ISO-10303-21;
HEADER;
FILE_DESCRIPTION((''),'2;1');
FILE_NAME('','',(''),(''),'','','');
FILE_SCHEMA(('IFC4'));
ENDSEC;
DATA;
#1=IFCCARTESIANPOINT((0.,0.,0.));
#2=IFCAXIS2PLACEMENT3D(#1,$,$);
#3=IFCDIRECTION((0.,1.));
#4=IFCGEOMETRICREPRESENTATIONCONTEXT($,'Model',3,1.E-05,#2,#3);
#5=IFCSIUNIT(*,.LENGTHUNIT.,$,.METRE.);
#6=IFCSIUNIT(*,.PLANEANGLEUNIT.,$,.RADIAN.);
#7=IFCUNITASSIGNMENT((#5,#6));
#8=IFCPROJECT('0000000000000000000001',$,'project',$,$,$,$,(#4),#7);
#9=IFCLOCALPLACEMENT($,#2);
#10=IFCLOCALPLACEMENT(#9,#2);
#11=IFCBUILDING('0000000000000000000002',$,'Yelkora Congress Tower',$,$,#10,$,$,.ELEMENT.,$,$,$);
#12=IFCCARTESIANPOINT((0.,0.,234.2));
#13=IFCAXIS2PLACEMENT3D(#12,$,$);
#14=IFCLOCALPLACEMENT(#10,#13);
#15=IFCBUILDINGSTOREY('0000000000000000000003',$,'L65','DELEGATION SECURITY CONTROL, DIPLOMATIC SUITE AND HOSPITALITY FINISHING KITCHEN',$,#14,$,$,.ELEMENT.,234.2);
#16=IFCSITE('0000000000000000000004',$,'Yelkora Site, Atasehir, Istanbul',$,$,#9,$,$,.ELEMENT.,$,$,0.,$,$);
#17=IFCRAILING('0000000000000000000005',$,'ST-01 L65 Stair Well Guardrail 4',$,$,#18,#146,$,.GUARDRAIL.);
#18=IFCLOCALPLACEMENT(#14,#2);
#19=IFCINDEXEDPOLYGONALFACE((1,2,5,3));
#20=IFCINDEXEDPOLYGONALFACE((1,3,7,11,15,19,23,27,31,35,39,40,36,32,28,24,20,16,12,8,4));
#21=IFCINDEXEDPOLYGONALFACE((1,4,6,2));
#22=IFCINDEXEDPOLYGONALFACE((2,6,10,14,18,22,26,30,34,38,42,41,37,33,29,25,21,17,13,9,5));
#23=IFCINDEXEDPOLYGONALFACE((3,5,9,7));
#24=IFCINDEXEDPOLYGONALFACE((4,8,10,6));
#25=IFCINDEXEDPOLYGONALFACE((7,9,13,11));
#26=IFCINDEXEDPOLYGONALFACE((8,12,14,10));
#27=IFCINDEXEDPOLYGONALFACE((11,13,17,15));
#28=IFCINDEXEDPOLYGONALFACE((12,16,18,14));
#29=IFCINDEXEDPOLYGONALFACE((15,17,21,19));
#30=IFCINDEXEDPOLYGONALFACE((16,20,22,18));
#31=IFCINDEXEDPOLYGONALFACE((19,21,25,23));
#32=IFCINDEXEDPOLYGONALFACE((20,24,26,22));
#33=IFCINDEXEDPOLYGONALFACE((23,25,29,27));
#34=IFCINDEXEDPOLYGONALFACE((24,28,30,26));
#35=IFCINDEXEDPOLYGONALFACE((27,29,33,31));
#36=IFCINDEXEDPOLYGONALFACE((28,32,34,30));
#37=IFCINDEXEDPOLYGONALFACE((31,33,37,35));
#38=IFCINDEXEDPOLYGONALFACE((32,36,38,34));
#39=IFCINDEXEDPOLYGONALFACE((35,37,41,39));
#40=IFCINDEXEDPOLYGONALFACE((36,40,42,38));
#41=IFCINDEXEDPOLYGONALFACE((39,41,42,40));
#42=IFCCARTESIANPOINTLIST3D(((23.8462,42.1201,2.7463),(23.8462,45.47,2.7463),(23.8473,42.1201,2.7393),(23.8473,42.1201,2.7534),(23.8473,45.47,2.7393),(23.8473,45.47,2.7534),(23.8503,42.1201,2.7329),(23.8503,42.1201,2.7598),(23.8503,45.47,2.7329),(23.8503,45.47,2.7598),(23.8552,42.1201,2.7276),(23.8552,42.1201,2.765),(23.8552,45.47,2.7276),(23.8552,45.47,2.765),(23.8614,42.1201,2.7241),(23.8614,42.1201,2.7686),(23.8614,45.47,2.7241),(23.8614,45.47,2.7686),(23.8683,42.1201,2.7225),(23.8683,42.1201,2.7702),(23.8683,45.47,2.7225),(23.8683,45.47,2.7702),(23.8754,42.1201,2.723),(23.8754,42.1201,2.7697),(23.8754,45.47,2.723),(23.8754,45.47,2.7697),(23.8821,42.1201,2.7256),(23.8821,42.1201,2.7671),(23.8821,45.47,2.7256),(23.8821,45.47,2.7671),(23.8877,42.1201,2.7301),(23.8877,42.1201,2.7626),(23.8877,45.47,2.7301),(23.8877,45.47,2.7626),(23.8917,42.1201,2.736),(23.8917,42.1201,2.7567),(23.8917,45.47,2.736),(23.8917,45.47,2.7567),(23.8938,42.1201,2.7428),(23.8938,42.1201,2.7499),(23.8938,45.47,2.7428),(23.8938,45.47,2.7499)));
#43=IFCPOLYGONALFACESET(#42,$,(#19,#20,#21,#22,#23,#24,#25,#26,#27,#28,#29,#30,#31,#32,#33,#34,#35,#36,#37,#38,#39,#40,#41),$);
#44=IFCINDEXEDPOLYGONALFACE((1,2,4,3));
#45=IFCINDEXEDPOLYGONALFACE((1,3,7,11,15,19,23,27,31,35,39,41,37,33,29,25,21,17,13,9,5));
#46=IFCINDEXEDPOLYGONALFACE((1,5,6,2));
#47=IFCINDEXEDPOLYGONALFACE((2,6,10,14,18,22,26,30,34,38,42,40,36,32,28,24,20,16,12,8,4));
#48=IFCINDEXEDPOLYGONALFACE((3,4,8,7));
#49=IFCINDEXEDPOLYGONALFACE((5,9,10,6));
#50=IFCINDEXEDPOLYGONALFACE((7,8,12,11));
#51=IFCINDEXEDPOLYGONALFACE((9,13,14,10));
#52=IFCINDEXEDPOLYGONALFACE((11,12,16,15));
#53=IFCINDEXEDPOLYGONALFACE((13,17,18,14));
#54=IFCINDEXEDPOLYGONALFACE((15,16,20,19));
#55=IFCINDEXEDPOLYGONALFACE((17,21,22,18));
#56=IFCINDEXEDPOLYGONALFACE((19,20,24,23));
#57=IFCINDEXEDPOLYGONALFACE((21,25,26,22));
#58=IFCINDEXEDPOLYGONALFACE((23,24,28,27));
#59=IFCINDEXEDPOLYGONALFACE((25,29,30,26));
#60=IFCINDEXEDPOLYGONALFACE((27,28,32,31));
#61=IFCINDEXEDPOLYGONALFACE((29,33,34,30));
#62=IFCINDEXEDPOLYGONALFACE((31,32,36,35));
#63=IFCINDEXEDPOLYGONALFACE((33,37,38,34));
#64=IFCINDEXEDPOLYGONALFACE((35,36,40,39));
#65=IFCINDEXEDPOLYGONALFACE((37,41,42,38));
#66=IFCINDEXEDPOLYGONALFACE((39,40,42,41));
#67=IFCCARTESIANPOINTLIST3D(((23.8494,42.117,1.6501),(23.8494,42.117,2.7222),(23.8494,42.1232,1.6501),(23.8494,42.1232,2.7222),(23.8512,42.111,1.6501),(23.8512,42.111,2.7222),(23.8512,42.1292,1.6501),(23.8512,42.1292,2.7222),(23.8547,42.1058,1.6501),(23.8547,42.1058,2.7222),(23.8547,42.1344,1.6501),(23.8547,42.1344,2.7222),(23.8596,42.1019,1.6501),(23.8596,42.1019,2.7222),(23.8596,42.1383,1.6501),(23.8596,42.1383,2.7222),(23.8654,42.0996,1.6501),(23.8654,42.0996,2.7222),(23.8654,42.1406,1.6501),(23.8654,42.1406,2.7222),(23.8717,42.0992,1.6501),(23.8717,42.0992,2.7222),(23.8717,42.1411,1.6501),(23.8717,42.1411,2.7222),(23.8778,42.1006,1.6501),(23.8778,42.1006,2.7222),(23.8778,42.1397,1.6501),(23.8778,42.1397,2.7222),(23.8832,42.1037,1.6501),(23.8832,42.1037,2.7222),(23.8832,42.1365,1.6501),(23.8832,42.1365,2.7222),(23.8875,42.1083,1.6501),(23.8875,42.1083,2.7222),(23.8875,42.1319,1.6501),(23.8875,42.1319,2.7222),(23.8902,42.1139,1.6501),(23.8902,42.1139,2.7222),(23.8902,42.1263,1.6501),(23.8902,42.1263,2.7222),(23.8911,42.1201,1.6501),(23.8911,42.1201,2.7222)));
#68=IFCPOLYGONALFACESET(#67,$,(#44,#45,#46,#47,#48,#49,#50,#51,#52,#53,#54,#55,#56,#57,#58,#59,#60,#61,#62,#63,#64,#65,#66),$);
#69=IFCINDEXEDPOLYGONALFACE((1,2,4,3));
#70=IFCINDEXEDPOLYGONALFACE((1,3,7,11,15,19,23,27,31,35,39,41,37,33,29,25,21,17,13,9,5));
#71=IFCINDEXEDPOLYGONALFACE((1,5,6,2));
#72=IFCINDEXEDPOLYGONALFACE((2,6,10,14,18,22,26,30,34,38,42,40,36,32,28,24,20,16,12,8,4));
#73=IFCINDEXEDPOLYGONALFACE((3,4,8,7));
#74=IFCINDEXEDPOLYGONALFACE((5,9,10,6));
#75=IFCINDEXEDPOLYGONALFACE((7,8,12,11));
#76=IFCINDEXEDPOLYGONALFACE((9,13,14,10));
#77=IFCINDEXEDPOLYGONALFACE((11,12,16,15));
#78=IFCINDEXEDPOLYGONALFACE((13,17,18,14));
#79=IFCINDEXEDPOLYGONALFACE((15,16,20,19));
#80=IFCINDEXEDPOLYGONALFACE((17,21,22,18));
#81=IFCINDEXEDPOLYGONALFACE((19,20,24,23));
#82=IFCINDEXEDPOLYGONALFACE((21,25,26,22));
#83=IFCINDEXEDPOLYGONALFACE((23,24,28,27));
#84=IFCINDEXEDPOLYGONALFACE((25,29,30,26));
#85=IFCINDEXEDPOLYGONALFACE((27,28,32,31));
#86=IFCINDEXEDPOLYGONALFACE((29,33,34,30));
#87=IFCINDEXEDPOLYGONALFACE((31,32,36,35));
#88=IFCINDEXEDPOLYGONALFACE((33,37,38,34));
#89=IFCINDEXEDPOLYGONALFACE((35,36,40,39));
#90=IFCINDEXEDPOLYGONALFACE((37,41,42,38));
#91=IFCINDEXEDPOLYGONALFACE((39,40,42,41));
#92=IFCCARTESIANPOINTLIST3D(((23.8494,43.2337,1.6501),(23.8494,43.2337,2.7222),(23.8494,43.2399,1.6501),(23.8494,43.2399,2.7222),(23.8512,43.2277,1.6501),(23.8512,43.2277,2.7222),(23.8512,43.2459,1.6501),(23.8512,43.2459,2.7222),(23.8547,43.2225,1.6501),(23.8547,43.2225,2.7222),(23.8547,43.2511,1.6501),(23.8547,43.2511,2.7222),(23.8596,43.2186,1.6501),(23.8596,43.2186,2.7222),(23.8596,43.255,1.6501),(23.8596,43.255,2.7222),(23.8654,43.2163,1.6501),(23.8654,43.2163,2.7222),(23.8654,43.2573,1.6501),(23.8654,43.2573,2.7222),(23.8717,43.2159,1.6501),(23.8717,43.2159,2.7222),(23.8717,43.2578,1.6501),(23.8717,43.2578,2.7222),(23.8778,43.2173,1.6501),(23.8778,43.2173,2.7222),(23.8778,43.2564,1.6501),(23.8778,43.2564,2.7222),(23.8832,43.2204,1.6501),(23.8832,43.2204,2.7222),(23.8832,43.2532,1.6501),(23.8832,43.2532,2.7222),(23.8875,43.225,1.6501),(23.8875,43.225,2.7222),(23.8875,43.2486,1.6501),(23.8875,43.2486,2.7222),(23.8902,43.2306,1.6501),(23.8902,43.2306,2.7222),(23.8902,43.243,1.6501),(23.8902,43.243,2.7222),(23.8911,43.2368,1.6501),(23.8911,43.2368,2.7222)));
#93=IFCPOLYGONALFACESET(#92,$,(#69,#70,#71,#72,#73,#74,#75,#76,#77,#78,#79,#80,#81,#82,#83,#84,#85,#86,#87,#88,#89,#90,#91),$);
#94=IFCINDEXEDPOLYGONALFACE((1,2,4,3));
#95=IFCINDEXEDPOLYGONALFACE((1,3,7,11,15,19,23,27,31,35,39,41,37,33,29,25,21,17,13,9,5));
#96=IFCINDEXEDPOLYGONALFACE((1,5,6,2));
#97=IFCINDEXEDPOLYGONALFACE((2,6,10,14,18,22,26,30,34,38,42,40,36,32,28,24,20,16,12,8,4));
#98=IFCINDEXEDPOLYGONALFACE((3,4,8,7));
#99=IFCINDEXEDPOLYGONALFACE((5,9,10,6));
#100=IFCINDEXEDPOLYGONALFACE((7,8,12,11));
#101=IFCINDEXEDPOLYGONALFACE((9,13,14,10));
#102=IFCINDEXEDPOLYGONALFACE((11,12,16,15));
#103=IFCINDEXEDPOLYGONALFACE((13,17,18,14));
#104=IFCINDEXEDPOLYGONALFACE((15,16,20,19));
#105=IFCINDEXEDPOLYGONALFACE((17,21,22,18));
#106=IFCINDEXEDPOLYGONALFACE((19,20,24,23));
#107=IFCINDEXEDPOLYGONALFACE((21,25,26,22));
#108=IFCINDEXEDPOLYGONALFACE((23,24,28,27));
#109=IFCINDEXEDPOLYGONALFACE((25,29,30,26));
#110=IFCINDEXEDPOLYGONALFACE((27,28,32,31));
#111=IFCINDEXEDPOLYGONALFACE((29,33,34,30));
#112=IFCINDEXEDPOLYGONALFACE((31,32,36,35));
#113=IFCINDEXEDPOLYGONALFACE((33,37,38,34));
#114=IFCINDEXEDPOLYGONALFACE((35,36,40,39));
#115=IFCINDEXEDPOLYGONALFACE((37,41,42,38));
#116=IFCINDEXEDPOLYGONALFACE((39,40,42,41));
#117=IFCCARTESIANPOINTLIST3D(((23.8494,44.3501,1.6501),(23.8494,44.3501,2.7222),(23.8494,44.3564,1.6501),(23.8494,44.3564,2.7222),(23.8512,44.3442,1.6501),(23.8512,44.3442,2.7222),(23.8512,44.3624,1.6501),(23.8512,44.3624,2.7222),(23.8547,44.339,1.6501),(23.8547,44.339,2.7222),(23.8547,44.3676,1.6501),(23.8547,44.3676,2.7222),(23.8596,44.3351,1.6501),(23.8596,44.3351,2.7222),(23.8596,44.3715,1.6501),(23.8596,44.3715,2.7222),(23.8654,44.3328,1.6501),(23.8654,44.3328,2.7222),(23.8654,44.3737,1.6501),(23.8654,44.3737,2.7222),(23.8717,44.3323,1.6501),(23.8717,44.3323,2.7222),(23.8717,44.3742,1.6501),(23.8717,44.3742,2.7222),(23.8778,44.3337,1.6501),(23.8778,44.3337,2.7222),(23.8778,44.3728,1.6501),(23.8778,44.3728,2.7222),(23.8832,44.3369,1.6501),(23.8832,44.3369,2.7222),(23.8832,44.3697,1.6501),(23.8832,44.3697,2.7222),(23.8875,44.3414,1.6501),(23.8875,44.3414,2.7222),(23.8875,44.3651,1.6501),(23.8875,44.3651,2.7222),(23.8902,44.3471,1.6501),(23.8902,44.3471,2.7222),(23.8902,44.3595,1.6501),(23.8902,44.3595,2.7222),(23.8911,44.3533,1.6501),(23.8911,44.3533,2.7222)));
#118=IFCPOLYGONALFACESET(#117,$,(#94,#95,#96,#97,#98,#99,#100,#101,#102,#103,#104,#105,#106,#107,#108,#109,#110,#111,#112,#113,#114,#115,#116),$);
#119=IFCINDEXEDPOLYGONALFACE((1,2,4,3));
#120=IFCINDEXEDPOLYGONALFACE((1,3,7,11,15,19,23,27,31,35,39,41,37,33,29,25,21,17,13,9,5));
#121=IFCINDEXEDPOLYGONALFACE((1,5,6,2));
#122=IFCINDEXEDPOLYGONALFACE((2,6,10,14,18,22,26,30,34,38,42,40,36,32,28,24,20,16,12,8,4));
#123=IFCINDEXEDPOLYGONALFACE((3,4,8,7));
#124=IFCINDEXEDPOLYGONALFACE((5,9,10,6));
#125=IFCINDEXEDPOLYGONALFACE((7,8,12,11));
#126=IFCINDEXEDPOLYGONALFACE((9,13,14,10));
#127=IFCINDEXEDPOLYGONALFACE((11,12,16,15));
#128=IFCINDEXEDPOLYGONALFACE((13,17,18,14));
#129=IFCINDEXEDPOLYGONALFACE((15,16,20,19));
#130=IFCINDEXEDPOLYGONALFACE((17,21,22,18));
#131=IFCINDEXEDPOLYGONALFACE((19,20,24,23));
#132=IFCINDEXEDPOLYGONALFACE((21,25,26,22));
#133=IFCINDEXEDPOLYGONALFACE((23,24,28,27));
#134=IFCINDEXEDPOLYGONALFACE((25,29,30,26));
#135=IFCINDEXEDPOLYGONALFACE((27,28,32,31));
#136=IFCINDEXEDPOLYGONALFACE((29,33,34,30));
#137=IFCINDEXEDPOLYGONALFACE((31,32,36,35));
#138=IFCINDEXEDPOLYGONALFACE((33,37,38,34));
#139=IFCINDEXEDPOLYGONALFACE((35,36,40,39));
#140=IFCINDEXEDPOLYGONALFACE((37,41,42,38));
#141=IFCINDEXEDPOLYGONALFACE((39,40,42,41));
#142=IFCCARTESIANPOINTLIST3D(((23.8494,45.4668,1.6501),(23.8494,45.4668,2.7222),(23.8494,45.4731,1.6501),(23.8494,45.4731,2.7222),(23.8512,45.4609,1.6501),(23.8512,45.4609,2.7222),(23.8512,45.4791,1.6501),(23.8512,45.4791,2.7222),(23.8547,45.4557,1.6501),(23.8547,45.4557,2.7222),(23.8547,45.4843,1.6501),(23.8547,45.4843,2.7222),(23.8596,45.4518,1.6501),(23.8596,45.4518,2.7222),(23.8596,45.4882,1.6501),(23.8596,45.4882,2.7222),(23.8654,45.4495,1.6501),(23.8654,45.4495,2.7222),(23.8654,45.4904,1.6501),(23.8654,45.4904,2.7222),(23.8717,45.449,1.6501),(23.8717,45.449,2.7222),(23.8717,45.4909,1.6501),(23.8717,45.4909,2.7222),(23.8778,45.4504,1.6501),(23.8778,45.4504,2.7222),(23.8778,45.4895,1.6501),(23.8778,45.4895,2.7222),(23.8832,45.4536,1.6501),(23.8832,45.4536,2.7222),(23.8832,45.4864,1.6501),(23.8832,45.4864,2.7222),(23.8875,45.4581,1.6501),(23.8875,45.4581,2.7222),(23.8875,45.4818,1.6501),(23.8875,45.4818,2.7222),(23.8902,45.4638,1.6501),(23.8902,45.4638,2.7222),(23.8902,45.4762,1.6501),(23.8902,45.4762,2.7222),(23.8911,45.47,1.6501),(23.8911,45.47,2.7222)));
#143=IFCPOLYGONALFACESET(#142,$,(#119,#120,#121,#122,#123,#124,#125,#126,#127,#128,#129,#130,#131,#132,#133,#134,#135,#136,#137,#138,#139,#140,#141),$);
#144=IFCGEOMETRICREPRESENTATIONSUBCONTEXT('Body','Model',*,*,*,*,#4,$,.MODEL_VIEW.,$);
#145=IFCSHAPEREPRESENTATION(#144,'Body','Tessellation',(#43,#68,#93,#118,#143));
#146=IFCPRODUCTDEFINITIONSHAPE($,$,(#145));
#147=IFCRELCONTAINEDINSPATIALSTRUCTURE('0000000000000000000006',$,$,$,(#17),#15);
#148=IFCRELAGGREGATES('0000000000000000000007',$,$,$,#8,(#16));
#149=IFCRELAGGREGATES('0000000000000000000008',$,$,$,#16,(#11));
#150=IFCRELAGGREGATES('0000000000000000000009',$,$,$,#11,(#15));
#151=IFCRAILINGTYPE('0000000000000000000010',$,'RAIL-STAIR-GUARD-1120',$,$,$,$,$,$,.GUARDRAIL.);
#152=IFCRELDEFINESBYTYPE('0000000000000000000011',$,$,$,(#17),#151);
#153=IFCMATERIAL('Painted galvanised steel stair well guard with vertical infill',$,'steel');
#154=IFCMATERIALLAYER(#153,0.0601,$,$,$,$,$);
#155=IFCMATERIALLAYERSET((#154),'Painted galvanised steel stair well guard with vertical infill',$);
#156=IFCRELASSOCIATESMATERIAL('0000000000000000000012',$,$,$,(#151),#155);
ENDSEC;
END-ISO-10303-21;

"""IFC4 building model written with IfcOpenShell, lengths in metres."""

from ifc_helpers import new_model, si_unit, direction, frame, origin, origin_2d, place, context, subcontext, project, spatial, circle, extrude, material, layer, layer_set, type_object, element, save


model = new_model("IFC4")

# Units and contexts
model_context = context("Model", 3, precision=1e-05, world=origin(), true_north=direction((0.0, 1.0)))
body_context = subcontext(model_context, "Body", "Model", "MODEL_VIEW")
ifc_project = project(units=[si_unit("LENGTHUNIT", "METRE"), si_unit("PLANEANGLEUNIT", "RADIAN")], contexts=[model_context])

# Site, building, storey
site_placement = place(None, origin())
site = spatial("IfcSite", under=ifc_project, at=site_placement, Name="Yelkora Site, Atasehir, Istanbul", CompositionType="ELEMENT", RefElevation=0.0)
building_placement = place(site_placement, origin())
building = spatial("IfcBuilding", under=site, at=building_placement, Name="Yelkora Congress Tower", CompositionType="ELEMENT")
storey_placement = place(building_placement, frame((0.0, 0.0, 234.2)))
storey = spatial("IfcBuildingStorey", under=building, at=storey_placement, Name="L65", Description="DELEGATION SECURITY CONTROL, DIPLOMATIC SUITE AND HOSPITALITY FINISHING KITCHEN", CompositionType="ELEMENT", Elevation=234.2)

# Railing
ifc_material_1 = material(Name="Painted galvanised steel stair well guard with vertical infill", Category="steel")
ifc_layer_1 = layer(ifc_material_1, 0.0601)
ifc_layer_set_1 = layer_set([ifc_layer_1], Name="Painted galvanised steel stair well guard with vertical infill")
railing_type_1 = type_object("IfcRailingType", Name="RAIL-STAIR-GUARD-1120", PredefinedType="GUARDRAIL", material=ifc_layer_set_1)
railing_1_placement = place(storey_placement, frame((23.8701, 42.1201, 1.6501)))
element("IfcRailing", 1, at=railing_1_placement, inside=storey, type_object=railing_type_1, Name="ST-01 L65 Stair Well Guardrail 4", PredefinedType="GUARDRAIL", context=body_context, shape_type="SweptSolid", body=[
    extrude(circle(Radius=0.0239, at=origin_2d()), frame((0.0, 0.0, 1.0962), z_axis=(0.0, 1.0, 0.0), x_axis=(-1.0, 0.0, 0.0)), (0.0, 0.0, 1.0), 3.3499),
    extrude(circle(Radius=0.021, at=origin_2d()), origin(), (0.0, 0.0, 1.0), 1.072),
    extrude(circle(Radius=0.021, at=origin_2d()), frame((0.0, 1.1167, 0.0)), (0.0, 0.0, 1.0), 1.072),
    extrude(circle(Radius=0.021, at=origin_2d()), frame((0.0, 2.2332, 0.0)), (0.0, 0.0, 1.0), 1.072),
    extrude(circle(Radius=0.021, at=origin_2d()), frame((0.0, 3.3499, 0.0)), (0.0, 0.0, 1.0), 1.072),
])

save(model, "model.ifc")
